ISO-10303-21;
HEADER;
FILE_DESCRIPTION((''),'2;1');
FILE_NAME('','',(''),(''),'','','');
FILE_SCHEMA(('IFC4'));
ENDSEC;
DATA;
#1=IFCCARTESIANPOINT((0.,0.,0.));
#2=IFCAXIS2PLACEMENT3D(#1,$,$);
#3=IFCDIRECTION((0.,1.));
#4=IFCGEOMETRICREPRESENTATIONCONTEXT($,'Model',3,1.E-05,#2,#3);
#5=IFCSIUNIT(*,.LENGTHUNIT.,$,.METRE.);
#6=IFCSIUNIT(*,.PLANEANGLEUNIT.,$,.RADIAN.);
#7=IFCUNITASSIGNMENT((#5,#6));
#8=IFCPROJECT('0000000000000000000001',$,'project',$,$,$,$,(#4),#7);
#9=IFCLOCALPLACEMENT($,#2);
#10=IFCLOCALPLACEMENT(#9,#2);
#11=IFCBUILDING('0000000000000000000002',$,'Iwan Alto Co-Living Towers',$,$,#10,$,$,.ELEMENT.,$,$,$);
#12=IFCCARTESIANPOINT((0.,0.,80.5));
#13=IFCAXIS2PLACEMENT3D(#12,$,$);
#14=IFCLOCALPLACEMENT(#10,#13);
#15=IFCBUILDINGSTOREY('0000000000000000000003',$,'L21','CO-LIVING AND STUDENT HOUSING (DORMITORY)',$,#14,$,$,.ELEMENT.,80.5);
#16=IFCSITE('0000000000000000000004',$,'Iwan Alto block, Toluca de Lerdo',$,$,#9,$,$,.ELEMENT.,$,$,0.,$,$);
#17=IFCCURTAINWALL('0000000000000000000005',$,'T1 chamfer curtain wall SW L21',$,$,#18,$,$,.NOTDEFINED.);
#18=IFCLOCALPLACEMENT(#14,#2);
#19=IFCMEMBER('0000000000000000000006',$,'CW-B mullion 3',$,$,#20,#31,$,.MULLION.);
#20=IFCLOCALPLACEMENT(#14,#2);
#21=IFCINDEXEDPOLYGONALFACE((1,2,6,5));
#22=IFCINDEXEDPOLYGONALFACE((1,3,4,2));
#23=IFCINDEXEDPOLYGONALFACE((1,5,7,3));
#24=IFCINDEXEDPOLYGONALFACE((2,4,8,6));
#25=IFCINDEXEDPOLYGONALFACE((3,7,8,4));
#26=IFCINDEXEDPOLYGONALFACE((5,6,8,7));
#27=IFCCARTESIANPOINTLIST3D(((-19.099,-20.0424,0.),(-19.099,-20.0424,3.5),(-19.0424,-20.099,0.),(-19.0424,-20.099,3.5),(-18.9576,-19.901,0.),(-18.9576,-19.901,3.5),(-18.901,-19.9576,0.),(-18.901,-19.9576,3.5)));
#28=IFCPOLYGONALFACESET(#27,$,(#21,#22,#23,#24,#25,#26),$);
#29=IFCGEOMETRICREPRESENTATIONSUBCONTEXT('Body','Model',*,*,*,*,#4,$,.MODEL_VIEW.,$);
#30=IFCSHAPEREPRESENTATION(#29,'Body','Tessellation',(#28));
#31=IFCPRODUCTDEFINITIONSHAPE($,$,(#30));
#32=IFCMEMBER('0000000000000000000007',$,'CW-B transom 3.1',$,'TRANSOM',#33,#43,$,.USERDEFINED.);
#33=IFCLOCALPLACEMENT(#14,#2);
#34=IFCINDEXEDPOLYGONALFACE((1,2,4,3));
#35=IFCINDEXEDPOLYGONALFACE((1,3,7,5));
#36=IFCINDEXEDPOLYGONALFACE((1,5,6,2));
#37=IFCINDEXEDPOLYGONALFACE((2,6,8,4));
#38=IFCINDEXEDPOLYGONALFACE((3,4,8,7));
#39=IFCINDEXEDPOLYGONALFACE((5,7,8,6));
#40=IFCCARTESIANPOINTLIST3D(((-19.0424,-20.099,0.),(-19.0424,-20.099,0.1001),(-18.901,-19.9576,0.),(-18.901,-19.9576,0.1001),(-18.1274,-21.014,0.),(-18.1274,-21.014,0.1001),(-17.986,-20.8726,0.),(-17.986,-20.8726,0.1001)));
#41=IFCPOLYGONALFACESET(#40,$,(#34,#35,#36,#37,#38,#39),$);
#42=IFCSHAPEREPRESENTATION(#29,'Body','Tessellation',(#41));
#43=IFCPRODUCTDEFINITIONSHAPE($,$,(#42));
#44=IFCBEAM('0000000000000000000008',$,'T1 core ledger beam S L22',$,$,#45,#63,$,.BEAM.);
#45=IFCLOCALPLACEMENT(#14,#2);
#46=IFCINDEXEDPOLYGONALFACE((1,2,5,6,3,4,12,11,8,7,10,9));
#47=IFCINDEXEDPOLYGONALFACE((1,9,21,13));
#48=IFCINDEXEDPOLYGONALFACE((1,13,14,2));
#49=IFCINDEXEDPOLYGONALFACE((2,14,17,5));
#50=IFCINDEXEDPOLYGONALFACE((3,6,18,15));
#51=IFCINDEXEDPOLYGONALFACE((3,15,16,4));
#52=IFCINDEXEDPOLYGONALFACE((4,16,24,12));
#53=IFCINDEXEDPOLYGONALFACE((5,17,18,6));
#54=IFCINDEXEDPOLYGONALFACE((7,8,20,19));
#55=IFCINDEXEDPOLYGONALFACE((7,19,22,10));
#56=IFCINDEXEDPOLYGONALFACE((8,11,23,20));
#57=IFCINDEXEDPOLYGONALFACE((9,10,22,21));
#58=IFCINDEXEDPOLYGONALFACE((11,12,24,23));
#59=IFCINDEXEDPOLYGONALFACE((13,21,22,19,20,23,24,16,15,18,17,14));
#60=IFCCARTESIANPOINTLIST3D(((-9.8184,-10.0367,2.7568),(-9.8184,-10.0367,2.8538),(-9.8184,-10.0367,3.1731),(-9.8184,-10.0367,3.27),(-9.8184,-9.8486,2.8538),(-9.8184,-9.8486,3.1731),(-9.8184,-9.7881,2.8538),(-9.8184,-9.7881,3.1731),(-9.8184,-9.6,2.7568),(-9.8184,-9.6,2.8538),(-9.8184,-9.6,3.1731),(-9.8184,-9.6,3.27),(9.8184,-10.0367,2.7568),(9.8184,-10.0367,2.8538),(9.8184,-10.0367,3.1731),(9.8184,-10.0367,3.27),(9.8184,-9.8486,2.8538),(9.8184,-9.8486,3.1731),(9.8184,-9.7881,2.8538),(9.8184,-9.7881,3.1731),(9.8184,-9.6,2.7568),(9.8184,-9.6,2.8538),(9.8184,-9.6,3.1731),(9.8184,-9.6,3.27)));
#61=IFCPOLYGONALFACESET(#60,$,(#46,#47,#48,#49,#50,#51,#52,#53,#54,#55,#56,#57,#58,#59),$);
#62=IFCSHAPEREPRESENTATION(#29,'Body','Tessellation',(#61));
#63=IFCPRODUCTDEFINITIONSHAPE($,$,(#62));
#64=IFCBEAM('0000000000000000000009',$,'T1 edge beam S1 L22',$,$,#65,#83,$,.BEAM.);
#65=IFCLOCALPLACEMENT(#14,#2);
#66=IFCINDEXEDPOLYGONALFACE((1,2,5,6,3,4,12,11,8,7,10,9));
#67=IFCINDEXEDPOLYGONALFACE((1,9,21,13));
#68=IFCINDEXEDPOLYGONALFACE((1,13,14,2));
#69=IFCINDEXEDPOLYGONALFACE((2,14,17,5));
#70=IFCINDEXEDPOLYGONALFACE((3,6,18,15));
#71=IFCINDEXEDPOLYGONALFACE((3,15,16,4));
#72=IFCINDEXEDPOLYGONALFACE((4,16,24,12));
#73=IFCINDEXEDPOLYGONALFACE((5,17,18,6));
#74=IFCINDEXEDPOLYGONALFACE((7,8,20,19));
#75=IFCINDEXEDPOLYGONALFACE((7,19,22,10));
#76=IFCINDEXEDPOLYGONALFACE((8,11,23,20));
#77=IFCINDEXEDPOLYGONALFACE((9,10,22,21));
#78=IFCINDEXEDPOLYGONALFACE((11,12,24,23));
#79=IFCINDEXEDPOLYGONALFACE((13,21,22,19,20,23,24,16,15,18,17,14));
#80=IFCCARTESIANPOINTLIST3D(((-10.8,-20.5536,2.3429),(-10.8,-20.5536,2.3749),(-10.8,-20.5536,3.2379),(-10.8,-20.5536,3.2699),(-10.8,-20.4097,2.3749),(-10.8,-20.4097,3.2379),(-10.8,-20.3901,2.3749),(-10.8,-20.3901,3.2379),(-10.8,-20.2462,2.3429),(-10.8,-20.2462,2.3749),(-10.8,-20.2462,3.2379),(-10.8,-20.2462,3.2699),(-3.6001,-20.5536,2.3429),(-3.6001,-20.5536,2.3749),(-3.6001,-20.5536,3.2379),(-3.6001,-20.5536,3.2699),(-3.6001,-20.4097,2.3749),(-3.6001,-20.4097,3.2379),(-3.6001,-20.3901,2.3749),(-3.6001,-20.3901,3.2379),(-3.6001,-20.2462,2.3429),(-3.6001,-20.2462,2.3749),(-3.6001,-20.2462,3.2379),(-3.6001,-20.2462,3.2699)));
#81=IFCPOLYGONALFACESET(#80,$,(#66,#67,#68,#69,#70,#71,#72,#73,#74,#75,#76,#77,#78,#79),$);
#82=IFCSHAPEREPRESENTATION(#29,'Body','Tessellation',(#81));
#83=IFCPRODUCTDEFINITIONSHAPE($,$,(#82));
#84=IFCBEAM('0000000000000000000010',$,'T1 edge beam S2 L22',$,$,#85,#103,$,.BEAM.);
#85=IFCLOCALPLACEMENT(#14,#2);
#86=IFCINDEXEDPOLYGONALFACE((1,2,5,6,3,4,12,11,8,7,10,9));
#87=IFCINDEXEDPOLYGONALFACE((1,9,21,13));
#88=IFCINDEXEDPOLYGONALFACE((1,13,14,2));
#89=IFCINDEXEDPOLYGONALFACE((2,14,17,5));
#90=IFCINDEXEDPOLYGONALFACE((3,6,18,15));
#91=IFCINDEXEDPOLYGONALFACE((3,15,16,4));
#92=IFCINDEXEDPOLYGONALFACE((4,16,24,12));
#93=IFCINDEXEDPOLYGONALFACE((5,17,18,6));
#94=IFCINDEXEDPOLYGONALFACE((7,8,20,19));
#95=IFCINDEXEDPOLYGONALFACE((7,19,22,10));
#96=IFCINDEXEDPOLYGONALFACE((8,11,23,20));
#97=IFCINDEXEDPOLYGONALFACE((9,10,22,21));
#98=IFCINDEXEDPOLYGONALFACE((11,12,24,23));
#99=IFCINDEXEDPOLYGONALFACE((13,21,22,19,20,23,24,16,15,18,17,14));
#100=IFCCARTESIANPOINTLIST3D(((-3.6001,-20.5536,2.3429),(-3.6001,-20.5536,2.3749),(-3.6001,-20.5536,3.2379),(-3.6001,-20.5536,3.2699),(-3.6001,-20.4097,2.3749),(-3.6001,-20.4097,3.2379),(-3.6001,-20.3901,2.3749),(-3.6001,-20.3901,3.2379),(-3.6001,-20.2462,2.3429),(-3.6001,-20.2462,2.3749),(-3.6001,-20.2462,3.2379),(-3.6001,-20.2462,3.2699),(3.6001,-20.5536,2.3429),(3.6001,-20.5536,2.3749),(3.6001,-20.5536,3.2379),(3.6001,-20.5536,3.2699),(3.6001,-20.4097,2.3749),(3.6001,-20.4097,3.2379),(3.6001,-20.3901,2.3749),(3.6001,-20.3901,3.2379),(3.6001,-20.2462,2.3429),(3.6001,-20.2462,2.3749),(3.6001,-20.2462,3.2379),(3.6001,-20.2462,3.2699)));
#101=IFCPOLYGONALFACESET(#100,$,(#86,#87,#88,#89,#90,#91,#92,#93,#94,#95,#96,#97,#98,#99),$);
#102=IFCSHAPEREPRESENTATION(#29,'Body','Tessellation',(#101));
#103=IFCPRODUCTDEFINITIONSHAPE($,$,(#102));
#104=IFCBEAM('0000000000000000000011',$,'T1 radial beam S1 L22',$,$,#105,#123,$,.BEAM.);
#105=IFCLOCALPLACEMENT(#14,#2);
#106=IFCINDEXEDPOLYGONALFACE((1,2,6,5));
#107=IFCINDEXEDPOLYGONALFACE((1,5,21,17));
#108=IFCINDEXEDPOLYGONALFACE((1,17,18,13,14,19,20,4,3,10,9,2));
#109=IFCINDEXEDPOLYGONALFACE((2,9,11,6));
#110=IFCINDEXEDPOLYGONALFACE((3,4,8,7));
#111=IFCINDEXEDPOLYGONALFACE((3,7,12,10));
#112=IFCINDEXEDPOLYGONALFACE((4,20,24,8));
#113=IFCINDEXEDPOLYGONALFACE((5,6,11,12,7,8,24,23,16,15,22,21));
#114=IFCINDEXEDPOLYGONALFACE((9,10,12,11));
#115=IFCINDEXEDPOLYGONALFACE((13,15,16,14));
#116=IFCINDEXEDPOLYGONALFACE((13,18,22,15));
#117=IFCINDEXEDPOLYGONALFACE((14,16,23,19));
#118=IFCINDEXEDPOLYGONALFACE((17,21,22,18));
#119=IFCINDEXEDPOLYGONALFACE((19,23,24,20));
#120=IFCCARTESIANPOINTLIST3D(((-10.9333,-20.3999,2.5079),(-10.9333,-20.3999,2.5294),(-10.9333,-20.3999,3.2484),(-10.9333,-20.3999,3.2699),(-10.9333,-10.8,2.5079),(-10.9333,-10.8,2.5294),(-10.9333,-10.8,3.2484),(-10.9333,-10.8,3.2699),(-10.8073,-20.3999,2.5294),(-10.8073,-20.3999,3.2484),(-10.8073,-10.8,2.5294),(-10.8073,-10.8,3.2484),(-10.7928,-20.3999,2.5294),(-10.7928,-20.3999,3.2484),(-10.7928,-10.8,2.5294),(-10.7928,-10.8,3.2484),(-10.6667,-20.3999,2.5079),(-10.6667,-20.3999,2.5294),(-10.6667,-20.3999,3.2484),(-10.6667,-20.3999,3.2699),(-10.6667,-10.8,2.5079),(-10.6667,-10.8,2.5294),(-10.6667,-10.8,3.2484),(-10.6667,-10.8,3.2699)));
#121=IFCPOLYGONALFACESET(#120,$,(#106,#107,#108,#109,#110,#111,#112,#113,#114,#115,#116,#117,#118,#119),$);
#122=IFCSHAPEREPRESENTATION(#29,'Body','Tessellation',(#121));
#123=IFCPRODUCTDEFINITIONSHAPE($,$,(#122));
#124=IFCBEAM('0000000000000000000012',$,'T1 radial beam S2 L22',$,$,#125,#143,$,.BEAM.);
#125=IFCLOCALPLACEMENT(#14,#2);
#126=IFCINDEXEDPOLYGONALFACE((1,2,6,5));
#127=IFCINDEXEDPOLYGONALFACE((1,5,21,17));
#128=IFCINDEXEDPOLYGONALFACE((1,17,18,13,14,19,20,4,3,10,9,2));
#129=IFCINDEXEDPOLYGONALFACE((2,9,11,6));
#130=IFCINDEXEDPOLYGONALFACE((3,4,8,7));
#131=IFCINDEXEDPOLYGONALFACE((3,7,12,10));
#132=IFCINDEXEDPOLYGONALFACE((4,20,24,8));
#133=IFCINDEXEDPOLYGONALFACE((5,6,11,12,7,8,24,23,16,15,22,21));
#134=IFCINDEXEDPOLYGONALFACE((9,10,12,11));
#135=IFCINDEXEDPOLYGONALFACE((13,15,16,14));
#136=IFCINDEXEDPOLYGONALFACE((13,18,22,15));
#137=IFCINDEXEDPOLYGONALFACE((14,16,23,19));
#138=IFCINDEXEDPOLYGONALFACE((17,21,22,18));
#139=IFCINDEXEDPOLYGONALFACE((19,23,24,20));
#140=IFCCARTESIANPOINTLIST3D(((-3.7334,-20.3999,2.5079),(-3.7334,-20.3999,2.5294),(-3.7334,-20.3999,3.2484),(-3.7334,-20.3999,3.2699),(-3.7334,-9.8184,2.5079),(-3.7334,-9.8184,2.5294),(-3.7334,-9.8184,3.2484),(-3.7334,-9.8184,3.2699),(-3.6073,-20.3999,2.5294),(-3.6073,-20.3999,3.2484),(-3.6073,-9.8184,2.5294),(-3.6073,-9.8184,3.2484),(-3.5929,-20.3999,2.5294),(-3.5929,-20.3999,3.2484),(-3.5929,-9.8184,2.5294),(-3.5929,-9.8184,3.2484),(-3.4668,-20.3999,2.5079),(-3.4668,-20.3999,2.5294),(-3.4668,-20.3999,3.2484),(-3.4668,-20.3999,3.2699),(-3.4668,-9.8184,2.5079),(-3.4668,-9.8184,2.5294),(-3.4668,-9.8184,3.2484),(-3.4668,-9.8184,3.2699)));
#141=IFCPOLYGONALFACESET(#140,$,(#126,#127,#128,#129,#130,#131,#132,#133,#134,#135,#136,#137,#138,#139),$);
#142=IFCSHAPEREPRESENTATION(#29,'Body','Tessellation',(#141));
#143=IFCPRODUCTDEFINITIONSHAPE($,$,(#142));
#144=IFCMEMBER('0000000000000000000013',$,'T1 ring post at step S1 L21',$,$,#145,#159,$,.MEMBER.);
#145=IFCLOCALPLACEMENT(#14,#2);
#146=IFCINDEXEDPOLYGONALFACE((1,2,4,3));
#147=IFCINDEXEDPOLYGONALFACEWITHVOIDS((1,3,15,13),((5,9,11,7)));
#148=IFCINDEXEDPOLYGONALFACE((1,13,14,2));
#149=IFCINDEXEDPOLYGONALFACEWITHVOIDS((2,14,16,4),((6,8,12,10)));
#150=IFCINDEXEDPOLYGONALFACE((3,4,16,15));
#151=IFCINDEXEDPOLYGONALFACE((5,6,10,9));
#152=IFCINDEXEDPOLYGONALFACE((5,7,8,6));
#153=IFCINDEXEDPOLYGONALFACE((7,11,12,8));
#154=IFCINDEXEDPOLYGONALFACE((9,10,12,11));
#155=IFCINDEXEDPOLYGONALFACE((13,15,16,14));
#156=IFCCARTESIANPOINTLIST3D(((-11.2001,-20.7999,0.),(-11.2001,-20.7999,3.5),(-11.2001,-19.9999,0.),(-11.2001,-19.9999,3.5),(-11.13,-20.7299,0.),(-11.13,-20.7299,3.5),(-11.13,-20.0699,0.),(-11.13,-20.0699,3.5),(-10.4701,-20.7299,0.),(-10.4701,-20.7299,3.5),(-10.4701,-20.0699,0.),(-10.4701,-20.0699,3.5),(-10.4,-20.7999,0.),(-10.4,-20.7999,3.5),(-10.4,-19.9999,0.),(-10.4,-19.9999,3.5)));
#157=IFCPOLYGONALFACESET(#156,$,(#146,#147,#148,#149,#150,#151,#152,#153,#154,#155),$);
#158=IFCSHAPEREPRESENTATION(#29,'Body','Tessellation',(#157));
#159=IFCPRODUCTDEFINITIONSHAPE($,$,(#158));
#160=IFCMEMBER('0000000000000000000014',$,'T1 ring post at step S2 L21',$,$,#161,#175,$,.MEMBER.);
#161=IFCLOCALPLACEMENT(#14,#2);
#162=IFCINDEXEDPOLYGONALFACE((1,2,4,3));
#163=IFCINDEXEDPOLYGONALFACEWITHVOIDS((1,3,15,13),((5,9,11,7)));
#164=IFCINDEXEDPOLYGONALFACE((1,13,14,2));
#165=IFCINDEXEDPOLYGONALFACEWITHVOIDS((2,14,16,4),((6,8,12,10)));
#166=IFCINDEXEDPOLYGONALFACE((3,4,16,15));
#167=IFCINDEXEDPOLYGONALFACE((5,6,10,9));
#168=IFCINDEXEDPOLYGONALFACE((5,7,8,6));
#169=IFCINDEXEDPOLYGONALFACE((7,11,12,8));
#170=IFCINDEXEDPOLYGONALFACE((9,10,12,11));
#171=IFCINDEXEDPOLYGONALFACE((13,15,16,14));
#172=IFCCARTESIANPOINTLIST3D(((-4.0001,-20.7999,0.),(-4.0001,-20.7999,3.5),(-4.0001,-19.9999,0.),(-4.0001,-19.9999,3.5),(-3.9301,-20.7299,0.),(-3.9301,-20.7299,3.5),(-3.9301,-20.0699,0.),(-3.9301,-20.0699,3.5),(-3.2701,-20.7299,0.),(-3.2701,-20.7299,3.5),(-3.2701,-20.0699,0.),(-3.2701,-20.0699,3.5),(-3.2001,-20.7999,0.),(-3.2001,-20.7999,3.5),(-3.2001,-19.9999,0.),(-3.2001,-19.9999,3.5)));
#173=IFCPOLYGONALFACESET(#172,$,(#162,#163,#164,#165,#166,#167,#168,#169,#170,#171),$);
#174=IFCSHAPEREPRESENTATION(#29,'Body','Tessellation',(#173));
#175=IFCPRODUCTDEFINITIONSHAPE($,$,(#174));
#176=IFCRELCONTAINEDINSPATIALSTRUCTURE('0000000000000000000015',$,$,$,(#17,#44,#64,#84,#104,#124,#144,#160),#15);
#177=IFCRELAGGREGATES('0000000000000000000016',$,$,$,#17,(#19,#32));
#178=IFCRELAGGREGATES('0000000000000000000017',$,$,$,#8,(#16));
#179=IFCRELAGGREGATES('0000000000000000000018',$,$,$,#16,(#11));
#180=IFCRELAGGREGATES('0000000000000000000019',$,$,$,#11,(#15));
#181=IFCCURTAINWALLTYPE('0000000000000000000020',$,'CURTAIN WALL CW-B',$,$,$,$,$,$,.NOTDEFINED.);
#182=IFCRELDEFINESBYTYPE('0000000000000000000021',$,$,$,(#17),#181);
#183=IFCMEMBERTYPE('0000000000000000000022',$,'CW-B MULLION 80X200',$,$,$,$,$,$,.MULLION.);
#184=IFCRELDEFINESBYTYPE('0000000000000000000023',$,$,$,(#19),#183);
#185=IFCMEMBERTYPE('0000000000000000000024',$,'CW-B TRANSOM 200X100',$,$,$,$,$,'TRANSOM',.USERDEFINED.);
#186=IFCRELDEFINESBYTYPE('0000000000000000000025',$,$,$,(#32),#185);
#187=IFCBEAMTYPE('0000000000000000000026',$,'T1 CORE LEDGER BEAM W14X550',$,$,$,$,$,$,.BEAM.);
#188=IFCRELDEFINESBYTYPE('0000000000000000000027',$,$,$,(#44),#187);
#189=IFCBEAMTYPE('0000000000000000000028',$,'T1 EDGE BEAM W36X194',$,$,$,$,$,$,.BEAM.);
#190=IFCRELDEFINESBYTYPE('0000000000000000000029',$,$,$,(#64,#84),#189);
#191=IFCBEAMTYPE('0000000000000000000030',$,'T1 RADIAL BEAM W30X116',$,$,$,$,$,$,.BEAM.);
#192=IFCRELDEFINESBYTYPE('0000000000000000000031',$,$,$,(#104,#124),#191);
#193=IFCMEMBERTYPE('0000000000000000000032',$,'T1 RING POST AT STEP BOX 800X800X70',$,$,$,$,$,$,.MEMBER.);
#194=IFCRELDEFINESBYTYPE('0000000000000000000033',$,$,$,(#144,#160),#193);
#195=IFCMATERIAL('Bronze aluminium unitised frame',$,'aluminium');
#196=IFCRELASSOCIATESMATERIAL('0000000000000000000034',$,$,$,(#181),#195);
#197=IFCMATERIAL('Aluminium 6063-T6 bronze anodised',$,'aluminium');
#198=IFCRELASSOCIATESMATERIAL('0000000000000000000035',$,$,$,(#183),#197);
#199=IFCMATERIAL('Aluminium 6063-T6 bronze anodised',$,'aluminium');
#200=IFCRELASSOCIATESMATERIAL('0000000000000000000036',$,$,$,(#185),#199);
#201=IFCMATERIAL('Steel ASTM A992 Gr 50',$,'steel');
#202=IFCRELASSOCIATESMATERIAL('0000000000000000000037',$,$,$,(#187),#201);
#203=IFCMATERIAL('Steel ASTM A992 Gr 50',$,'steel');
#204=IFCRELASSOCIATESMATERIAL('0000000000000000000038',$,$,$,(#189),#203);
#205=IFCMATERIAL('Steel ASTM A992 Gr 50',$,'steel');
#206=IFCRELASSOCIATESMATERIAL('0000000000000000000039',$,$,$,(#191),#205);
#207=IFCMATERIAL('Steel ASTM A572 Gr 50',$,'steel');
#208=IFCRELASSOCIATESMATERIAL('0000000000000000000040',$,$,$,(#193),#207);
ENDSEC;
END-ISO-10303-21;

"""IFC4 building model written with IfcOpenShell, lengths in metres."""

from ifc_helpers import new_model, si_unit, direction, frame, origin, origin_2d, place, context, subcontext, project, spatial, rectangle, hollow_rectangle, i_section, extrude, material, material_profile, profile_set, type_object, element, aggregate, save


model = new_model("IFC4")

# Units and contexts
model_context = context("Model", 3, precision=1e-05, world=origin(), true_north=direction((0.0, 1.0)))
body_context = subcontext(model_context, "Body", "Model", "MODEL_VIEW")
ifc_project = project(units=[si_unit("LENGTHUNIT", "METRE"), si_unit("PLANEANGLEUNIT", "RADIAN")], contexts=[model_context])

# Site, building, storey
site_placement = place(None, origin())
site = spatial("IfcSite", under=ifc_project, at=site_placement, Name="Iwan Alto block, Toluca de Lerdo", CompositionType="ELEMENT", RefElevation=0.0)
building_placement = place(site_placement, origin())
building = spatial("IfcBuilding", under=site, at=building_placement, Name="Iwan Alto Co-Living Towers", CompositionType="ELEMENT")
storey_placement = place(building_placement, frame((0.0, 0.0, 80.5)))
storey = spatial("IfcBuildingStorey", under=building, at=storey_placement, Name="L21", Description="CO-LIVING AND STUDENT HOUSING (DORMITORY)", CompositionType="ELEMENT", Elevation=80.5)

# Curtain wall, members
ifc_material_1 = material(Name="Bronze aluminium unitised frame", Category="aluminium")
curtain_wall_type = type_object("IfcCurtainWallType", Name="CURTAIN WALL CW-B", PredefinedType="NOTDEFINED", material=ifc_material_1)
curtain_wall_placement = place(storey_placement, origin())
curtain_wall = element("IfcCurtainWall", 1, at=curtain_wall_placement, inside=storey, type_object=curtain_wall_type, Name="T1 chamfer curtain wall SW L21", PredefinedType="NOTDEFINED")
ifc_material_2 = material(Name="Aluminium 6063-T6 bronze anodised", Category="aluminium")
ifc_material_profile_1 = material_profile(ifc_material_2, rectangle(XDim=0.2, YDim=0.0801, at=origin_2d()), Name="AL 80X200")
ifc_profile_set_1 = profile_set([ifc_material_profile_1], Name="Aluminium 6063-T6 bronze anodised")
member_type_1 = type_object("IfcMemberType", Name="CW-B MULLION 80X200", PredefinedType="MULLION", material=ifc_profile_set_1)
member_1_placement = place(storey_placement, frame((-19.0, -20.0, 0.0), z_axis=(0.0, 0.0, 1.0), x_axis=(0.707107, 0.707107, 0.0)))
member_1 = element("IfcMember", 2, at=member_1_placement, type_object=member_type_1, Name="CW-B mullion 3", PredefinedType="MULLION", context=body_context, shape_type="SweptSolid", body=[
    extrude(rectangle(XDim=0.2, YDim=0.0801, at=origin_2d()), origin(), (0.0, 0.0, 1.0), 3.5),
])
ifc_material_3 = material(Name="Aluminium 6063-T6 bronze anodised", Category="aluminium")
ifc_material_profile_2 = material_profile(ifc_material_3, rectangle(XDim=0.2, YDim=0.1001, at=origin_2d()), Name="AL 200X100")
ifc_profile_set_2 = profile_set([ifc_material_profile_2], Name="Aluminium 6063-T6 bronze anodised")
member_type_2 = type_object("IfcMemberType", Name="CW-B TRANSOM 200X100", ElementType="TRANSOM", PredefinedType="USERDEFINED", material=ifc_profile_set_2)
member_2_placement = place(storey_placement, frame((-18.9717, -20.0283, 0.05), z_axis=(0.707107, -0.707107, 0.0), x_axis=(0.707107, 0.707107, 0.0)))
member_2 = element("IfcMember", 3, at=member_2_placement, type_object=member_type_2, Name="CW-B transom 3.1", ObjectType="TRANSOM", PredefinedType="USERDEFINED", context=body_context, shape_type="SweptSolid", body=[
    extrude(rectangle(XDim=0.2, YDim=0.1001, at=origin_2d()), origin(), (0.0, 0.0, 1.0), 1.2939),
])
aggregate(curtain_wall, [member_1, member_2])

# Beams
ifc_material_4 = material(Name="Steel ASTM A992 Gr 50", Category="steel")
ifc_material_profile_3 = material_profile(ifc_material_4, i_section(OverallWidth=0.4368, OverallDepth=0.5132, WebThickness=0.0605, FlangeThickness=0.0969, at=origin_2d()), Name="W14X550")
ifc_profile_set_3 = profile_set([ifc_material_profile_3], Name="Steel ASTM A992 Gr 50")
beam_type_1 = type_object("IfcBeamType", Name="T1 CORE LEDGER BEAM W14X550", PredefinedType="BEAM", material=ifc_profile_set_3)
beam_1_placement = place(storey_placement, frame((-9.8184, -9.8184, 3.0134), z_axis=(1.0, 0.0, 0.0), x_axis=(0.0, 1.0, 0.0)))
element("IfcBeam", 4, at=beam_1_placement, inside=storey, type_object=beam_type_1, Name="T1 core ledger beam S L22", PredefinedType="BEAM", context=body_context, shape_type="SweptSolid", body=[
    extrude(i_section(OverallWidth=0.4368, OverallDepth=0.5132, WebThickness=0.0605, FlangeThickness=0.0969, at=origin_2d()), origin(), (0.0, 0.0, 1.0), 19.6367),
])
ifc_material_5 = material(Name="Steel ASTM A992 Gr 50", Category="steel")
ifc_material_profile_4 = material_profile(ifc_material_5, i_section(OverallWidth=0.3074, OverallDepth=0.927, WebThickness=0.0195, FlangeThickness=0.032, at=origin_2d()), Name="W36X194")
ifc_profile_set_4 = profile_set([ifc_material_profile_4], Name="Steel ASTM A992 Gr 50")
beam_type_2 = type_object("IfcBeamType", Name="T1 EDGE BEAM W36X194", PredefinedType="BEAM", material=ifc_profile_set_4)
beam_2_placement = place(storey_placement, frame((-10.8, -20.3999, 2.8064), z_axis=(1.0, 0.0, 0.0), x_axis=(0.0, 1.0, 0.0)))
element("IfcBeam", 5, at=beam_2_placement, inside=storey, type_object=beam_type_2, Name="T1 edge beam S1 L22", PredefinedType="BEAM", context=body_context, shape_type="SweptSolid", body=[
    extrude(i_section(OverallWidth=0.3074, OverallDepth=0.927, WebThickness=0.0195, FlangeThickness=0.032, at=origin_2d()), origin(), (0.0, 0.0, 1.0), 7.2),
])
beam_3_placement = place(storey_placement, frame((-3.6001, -20.3999, 2.8064), z_axis=(1.0, 0.0, 0.0), x_axis=(0.0, 1.0, 0.0)))
element("IfcBeam", 6, at=beam_3_placement, inside=storey, type_object=beam_type_2, Name="T1 edge beam S2 L22", PredefinedType="BEAM", context=body_context, shape_type="SweptSolid", body=[
    extrude(i_section(OverallWidth=0.3074, OverallDepth=0.927, WebThickness=0.0195, FlangeThickness=0.032, at=origin_2d()), origin(), (0.0, 0.0, 1.0), 7.2002),
])
ifc_material_6 = material(Name="Steel ASTM A992 Gr 50", Category="steel")
ifc_material_profile_5 = material_profile(ifc_material_6, i_section(OverallWidth=0.2666, OverallDepth=0.762, WebThickness=0.0144, FlangeThickness=0.0215, at=origin_2d()), Name="W30X116")
ifc_profile_set_5 = profile_set([ifc_material_profile_5], Name="Steel ASTM A992 Gr 50")
beam_type_3 = type_object("IfcBeamType", Name="T1 RADIAL BEAM W30X116", PredefinedType="BEAM", material=ifc_profile_set_5)
beam_4_placement = place(storey_placement, frame((-10.8, -20.3999, 2.8889), z_axis=(0.0, 1.0, 0.0), x_axis=(-1.0, 0.0, 0.0)))
element("IfcBeam", 7, at=beam_4_placement, inside=storey, type_object=beam_type_3, Name="T1 radial beam S1 L22", PredefinedType="BEAM", context=body_context, shape_type="SweptSolid", body=[
    extrude(i_section(OverallWidth=0.2666, OverallDepth=0.762, WebThickness=0.0144, FlangeThickness=0.0215, at=origin_2d()), origin(), (0.0, 0.0, 1.0), 9.5999),
])
beam_5_placement = place(storey_placement, frame((-3.6001, -20.3999, 2.8889), z_axis=(0.0, 1.0, 0.0), x_axis=(-1.0, 0.0, 0.0)))
element("IfcBeam", 8, at=beam_5_placement, inside=storey, type_object=beam_type_3, Name="T1 radial beam S2 L22", PredefinedType="BEAM", context=body_context, shape_type="SweptSolid", body=[
    extrude(i_section(OverallWidth=0.2666, OverallDepth=0.762, WebThickness=0.0144, FlangeThickness=0.0215, at=origin_2d()), origin(), (0.0, 0.0, 1.0), 10.5815),
])

# Members
ifc_material_7 = material(Name="Steel ASTM A572 Gr 50", Category="steel")
ifc_material_profile_6 = material_profile(ifc_material_7, hollow_rectangle(XDim=0.8, YDim=0.8, WallThickness=0.0701, at=origin_2d()), Name="BOX 800X800X70")
ifc_profile_set_6 = profile_set([ifc_material_profile_6], Name="Steel ASTM A572 Gr 50")
member_type_3 = type_object("IfcMemberType", Name="T1 RING POST AT STEP BOX 800X800X70", PredefinedType="MEMBER", material=ifc_profile_set_6)
for number, where, z_axis, x_axis, name in (
    (9, (-10.8, -20.3999, 0.0), (0.0, 0.0, 1.0), (1.0, 0.0, 0.0), "T1 ring post at step S1 L21"),
    (10, (-3.6001, -20.3999, 0.0), (0.0, 0.0, 1.0), (1.0, 0.0, 0.0), "T1 ring post at step S2 L21"),
):
    element("IfcMember", number, at=place(storey_placement, frame(where, z_axis=z_axis, x_axis=x_axis)), inside=storey, type_object=member_type_3, Name=name, PredefinedType="MEMBER", context=body_context, shape_type="SweptSolid", body=[
        extrude(hollow_rectangle(XDim=0.8, YDim=0.8, WallThickness=0.0701, at=origin_2d()), origin(), (0.0, 0.0, 1.0), 3.5),
    ])

save(model, "model.ifc")
